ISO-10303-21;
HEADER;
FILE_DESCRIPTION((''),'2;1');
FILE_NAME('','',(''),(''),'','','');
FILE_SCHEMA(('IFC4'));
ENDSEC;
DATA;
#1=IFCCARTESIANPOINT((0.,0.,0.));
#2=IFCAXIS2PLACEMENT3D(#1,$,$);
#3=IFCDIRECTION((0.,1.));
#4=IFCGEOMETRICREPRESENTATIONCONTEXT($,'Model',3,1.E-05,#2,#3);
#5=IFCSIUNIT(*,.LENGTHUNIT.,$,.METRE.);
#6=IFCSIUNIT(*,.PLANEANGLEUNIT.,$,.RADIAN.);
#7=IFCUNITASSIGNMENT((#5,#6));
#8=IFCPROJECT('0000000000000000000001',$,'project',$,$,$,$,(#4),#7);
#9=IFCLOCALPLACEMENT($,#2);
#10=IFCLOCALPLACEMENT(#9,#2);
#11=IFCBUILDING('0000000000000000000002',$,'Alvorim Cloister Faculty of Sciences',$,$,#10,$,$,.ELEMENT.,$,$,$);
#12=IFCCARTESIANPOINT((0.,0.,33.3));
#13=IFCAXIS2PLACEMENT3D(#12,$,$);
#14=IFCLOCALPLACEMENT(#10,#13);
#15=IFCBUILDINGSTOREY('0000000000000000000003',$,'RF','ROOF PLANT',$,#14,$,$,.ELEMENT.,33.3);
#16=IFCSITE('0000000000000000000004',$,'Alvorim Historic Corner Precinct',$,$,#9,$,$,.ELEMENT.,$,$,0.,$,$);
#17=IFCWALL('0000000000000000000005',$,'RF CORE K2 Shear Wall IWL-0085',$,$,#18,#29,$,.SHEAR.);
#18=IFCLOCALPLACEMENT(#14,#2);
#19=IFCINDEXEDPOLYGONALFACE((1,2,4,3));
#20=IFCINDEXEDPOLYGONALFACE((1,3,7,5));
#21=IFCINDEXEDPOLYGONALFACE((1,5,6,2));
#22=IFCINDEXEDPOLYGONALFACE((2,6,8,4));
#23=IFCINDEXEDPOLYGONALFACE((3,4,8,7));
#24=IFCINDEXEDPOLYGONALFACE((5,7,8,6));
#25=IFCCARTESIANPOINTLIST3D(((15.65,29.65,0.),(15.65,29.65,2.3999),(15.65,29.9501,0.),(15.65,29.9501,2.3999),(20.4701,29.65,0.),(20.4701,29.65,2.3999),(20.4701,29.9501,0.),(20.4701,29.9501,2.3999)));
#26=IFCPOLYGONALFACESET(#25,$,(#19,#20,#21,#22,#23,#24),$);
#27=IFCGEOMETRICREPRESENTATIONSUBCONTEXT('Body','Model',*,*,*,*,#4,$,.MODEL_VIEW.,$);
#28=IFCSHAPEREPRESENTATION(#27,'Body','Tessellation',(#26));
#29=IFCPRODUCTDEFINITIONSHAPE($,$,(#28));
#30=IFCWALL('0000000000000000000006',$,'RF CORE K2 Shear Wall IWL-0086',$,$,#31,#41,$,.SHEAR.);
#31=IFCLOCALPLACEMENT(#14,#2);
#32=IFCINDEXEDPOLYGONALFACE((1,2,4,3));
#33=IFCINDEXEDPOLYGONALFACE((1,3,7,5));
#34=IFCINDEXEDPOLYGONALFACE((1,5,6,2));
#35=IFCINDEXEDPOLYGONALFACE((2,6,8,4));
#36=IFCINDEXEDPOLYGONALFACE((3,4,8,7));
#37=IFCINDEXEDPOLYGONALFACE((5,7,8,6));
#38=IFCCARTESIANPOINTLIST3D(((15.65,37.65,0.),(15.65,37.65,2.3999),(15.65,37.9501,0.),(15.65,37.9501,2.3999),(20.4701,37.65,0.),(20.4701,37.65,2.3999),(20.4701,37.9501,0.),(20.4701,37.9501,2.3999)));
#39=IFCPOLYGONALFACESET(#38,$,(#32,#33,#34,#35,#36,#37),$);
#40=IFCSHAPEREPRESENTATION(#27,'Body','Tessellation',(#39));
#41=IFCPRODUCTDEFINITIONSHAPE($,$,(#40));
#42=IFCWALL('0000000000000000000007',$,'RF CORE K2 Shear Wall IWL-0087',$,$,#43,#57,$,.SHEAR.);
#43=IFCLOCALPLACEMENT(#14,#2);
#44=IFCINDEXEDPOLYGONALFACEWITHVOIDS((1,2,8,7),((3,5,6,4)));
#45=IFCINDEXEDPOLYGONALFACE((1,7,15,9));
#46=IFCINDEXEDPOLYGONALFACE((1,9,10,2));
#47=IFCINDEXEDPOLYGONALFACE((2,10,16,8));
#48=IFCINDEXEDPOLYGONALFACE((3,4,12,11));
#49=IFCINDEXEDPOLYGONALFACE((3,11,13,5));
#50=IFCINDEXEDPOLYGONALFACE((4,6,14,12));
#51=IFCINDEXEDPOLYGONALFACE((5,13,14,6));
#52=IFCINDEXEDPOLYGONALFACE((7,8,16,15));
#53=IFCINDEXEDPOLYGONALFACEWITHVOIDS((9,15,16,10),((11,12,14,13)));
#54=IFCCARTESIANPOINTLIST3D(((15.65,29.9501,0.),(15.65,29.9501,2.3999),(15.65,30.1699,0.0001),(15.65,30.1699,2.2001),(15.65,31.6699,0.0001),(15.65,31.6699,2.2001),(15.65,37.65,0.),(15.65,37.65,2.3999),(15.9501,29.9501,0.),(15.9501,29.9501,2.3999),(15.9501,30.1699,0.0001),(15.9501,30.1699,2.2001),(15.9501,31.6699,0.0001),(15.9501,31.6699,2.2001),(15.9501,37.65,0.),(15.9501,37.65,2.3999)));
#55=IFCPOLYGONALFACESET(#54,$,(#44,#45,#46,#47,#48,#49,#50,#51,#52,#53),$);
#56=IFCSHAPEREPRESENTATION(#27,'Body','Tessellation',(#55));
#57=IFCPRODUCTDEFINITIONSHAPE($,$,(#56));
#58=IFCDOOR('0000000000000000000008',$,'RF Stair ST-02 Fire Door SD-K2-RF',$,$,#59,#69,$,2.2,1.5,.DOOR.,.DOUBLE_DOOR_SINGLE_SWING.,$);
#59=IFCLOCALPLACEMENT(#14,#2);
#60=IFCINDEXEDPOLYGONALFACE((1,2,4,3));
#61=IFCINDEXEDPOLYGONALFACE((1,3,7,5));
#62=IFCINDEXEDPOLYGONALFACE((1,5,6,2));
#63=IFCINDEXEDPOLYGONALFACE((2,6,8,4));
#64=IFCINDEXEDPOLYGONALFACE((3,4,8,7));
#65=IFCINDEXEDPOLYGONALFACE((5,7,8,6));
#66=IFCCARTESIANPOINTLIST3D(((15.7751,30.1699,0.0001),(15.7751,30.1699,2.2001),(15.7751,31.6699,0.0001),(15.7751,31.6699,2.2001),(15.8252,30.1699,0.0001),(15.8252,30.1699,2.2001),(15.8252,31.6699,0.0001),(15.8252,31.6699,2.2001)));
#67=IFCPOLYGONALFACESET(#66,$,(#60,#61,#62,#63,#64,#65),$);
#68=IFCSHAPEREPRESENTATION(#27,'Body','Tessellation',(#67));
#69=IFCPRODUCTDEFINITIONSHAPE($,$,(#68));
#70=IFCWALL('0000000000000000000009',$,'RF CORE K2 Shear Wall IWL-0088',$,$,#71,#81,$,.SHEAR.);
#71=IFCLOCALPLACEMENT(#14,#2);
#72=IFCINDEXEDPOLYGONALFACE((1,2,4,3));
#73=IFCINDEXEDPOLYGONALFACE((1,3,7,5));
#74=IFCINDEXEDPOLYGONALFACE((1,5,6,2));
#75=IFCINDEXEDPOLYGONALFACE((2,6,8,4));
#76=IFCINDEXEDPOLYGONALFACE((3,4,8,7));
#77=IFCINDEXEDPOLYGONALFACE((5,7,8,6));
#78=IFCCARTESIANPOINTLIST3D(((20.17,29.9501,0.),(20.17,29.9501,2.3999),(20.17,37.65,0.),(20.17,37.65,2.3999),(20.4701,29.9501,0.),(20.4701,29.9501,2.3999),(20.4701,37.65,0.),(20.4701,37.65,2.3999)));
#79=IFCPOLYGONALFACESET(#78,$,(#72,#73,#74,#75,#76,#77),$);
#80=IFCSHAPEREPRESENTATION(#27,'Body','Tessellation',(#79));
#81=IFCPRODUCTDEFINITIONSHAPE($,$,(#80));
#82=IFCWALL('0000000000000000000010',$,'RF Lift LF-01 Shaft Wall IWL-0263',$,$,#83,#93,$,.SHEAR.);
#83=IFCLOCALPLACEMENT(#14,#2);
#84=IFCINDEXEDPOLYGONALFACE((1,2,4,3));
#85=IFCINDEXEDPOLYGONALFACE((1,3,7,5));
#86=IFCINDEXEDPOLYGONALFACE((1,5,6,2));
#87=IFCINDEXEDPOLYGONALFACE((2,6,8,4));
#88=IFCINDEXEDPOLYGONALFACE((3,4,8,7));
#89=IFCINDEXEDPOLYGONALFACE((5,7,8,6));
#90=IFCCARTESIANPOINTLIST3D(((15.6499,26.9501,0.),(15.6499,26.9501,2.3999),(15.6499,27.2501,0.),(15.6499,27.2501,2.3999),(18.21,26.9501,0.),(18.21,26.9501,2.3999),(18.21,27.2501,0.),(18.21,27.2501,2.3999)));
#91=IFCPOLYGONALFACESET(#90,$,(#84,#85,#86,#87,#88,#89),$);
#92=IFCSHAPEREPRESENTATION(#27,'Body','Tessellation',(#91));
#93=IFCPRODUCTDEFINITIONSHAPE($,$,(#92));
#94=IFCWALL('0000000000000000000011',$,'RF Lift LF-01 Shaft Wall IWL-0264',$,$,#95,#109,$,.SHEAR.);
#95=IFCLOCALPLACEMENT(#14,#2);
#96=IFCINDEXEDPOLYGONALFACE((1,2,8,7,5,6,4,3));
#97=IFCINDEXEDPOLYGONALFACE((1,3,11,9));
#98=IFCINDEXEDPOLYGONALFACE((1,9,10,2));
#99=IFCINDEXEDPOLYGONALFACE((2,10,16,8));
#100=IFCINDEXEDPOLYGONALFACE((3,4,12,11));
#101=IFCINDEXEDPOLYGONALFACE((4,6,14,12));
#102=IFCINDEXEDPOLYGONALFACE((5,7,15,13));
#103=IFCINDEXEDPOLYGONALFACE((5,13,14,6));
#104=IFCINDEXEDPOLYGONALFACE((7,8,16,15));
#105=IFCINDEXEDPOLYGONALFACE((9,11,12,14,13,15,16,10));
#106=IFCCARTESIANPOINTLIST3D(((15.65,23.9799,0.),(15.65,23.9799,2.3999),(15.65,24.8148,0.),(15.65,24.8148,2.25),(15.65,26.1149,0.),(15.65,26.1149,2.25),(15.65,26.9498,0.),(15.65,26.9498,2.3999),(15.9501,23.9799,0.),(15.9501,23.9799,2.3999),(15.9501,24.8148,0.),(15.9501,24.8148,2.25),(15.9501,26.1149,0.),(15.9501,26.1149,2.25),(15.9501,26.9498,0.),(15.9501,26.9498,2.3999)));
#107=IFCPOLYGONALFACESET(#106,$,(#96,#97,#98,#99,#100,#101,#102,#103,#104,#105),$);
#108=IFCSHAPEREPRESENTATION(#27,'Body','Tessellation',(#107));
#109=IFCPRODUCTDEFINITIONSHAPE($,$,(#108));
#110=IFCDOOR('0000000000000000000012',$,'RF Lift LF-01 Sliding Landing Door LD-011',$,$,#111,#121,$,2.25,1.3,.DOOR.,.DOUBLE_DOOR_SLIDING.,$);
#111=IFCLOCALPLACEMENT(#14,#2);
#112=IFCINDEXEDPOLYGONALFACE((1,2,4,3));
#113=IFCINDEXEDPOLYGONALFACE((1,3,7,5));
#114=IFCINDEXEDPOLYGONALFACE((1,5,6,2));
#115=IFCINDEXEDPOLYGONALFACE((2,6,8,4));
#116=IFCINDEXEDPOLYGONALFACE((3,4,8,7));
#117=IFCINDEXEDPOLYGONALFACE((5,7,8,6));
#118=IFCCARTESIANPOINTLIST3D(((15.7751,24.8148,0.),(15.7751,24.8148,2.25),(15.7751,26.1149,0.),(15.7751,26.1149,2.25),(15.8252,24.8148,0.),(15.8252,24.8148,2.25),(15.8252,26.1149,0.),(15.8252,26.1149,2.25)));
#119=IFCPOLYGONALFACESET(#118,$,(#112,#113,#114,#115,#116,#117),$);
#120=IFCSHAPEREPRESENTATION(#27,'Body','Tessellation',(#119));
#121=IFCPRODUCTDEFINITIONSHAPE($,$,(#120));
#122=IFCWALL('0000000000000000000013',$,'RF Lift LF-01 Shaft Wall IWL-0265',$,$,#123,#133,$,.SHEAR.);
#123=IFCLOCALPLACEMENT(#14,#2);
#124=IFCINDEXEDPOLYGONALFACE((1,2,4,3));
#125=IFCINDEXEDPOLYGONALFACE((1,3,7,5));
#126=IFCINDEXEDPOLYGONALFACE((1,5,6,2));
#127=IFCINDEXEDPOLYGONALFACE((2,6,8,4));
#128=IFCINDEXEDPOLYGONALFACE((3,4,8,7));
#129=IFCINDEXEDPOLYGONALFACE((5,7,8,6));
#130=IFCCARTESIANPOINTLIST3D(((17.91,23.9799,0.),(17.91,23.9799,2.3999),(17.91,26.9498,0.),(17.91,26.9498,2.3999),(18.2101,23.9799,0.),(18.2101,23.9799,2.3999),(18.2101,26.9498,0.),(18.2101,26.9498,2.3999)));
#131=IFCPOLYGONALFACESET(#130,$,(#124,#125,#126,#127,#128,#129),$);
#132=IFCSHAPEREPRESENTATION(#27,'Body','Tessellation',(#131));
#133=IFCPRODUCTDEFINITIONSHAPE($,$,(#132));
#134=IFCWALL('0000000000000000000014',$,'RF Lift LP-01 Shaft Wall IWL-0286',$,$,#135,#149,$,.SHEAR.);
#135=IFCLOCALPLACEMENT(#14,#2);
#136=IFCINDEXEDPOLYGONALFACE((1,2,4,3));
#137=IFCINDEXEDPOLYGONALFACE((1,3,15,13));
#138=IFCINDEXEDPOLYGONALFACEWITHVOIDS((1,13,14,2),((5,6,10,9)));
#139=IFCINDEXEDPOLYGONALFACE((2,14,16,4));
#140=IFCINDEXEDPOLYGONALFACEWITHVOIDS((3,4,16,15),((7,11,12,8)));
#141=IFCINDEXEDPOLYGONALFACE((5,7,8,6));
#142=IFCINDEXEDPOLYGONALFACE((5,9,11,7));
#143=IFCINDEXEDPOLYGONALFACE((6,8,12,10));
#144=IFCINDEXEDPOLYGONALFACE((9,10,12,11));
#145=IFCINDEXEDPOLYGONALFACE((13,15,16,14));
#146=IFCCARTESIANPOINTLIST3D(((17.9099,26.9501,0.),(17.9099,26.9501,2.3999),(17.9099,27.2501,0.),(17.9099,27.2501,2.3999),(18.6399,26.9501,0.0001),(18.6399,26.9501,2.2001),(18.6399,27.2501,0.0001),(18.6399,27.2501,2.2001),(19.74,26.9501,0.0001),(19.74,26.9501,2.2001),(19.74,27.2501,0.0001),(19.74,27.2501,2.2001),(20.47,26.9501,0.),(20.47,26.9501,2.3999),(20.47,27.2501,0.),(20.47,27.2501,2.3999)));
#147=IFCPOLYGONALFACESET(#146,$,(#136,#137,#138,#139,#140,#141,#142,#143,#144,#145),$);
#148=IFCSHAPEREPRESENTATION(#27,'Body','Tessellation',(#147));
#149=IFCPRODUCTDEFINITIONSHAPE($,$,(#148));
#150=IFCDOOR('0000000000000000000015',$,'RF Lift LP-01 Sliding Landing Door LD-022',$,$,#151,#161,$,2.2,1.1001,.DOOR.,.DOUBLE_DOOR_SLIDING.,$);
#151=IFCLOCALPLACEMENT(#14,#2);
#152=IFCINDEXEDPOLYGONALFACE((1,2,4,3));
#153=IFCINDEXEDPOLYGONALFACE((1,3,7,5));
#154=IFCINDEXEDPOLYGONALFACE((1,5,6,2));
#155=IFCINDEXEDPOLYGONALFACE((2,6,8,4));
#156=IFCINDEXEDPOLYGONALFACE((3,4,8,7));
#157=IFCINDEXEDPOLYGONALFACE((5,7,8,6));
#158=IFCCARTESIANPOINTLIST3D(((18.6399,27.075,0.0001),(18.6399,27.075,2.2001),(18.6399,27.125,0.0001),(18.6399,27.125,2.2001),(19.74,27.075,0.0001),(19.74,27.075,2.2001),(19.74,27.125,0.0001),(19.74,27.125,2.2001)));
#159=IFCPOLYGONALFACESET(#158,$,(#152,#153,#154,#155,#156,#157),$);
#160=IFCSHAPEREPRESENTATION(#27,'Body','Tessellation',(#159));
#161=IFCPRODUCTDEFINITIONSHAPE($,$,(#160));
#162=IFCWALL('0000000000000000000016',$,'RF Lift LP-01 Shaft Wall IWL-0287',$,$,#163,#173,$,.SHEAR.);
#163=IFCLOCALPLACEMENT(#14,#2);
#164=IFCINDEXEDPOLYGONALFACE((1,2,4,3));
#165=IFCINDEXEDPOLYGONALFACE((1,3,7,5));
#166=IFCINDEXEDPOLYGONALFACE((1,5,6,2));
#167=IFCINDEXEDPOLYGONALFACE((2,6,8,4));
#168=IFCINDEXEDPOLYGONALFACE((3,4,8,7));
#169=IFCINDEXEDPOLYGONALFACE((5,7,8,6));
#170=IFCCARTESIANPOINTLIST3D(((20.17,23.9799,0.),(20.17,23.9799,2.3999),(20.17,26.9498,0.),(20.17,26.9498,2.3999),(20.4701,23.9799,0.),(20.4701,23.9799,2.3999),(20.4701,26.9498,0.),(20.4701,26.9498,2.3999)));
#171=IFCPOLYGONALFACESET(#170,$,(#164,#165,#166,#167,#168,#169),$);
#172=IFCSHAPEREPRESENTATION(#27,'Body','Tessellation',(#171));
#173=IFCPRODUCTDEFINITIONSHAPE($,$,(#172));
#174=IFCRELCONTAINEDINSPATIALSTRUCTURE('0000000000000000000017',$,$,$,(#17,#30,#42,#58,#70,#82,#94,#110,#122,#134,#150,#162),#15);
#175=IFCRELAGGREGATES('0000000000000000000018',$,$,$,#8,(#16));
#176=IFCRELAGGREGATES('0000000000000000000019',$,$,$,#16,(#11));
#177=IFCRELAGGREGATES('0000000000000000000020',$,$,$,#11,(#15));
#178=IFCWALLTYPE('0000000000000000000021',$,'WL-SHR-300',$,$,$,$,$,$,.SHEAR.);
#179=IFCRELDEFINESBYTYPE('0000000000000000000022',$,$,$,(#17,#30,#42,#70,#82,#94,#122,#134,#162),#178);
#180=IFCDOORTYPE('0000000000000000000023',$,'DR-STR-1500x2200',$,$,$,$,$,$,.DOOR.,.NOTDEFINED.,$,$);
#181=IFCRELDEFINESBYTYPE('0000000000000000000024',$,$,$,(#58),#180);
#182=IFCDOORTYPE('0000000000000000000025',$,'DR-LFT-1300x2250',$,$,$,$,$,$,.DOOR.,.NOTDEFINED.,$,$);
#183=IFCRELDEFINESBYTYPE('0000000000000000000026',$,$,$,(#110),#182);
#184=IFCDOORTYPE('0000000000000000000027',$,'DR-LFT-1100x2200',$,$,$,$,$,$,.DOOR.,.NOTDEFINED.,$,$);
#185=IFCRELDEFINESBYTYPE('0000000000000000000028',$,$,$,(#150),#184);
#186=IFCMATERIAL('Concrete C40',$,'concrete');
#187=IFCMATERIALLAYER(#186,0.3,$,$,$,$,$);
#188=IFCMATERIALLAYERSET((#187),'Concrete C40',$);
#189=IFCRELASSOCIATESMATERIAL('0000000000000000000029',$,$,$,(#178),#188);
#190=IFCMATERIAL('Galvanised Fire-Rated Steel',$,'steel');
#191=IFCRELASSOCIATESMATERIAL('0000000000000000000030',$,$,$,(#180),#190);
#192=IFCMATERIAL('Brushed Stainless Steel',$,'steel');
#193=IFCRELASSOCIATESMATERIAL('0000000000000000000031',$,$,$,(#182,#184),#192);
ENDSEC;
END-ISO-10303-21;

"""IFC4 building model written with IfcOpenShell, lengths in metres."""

from ifc_helpers import new_model, si_unit, direction, frame, frame_2d, origin, place, context, subcontext, project, spatial, rectangle, extrude, material, layer, layer_set, type_object, element, fill, save


model = new_model("IFC4")

# Units and contexts
model_context = context("Model", 3, precision=1e-05, world=origin(), true_north=direction((0.0, 1.0)))
body_context = subcontext(model_context, "Body", "Model", "MODEL_VIEW")
ifc_project = project(units=[si_unit("LENGTHUNIT", "METRE"), si_unit("PLANEANGLEUNIT", "RADIAN")], contexts=[model_context])

# Site, building, storey
site_placement = place(None, origin())
site = spatial("IfcSite", under=ifc_project, at=site_placement, Name="Alvorim Historic Corner Precinct", CompositionType="ELEMENT", RefElevation=0.0)
building_placement = place(site_placement, origin())
building = spatial("IfcBuilding", under=site, at=building_placement, Name="Alvorim Cloister Faculty of Sciences", CompositionType="ELEMENT")
storey_placement = place(building_placement, frame((0.0, 0.0, 33.3)))
storey = spatial("IfcBuildingStorey", under=building, at=storey_placement, Name="RF", Description="ROOF PLANT", CompositionType="ELEMENT", Elevation=33.3)

# Walls
ifc_material_1 = material(Name="Concrete C40", Category="concrete")
ifc_layer_1 = layer(ifc_material_1, 0.3)
ifc_layer_set_1 = layer_set([ifc_layer_1], Name="Concrete C40")
wall_type_1 = type_object("IfcWallType", Name="WL-SHR-300", PredefinedType="SHEAR", material=ifc_layer_set_1)
for number, where, z_axis, x_axis, name in (
    (1, (15.6499, 29.8, 0.0), (0.0, 0.0, 1.0), (1.0, 0.0, 0.0), "RF CORE K2 Shear Wall IWL-0085"),
    (2, (15.6499, 37.8, 0.0), (0.0, 0.0, 1.0), (1.0, 0.0, 0.0), "RF CORE K2 Shear Wall IWL-0086"),
):
    element("IfcWall", number, at=place(storey_placement, frame(where, z_axis=z_axis, x_axis=x_axis)), inside=storey, type_object=wall_type_1, Name=name, PredefinedType="SHEAR", context=body_context, shape_type="SweptSolid", body=[
        extrude(rectangle(XDim=4.8201, YDim=0.3, at=frame_2d((2.4102, 0.0))), origin(), (0.0, 0.0, 1.0), 2.3999),
    ])

# Wall, opening, door
wall_1_placement = place(storey_placement, frame((15.8, 29.95, 0.0), z_axis=(0.0, 0.0, 1.0), x_axis=(0.0, 1.0, 0.0)))
wall_1 = element("IfcWall", 3, at=wall_1_placement, inside=storey, type_object=wall_type_1, Name="RF CORE K2 Shear Wall IWL-0087", PredefinedType="SHEAR", context=body_context, shape_type="SweptSolid", body=[
    extrude(rectangle(XDim=7.7, YDim=0.3, at=frame_2d((3.8501, 0.0))), origin(), (0.0, 0.0, 1.0), 2.3999),
])
opening_1_placement = place(wall_1_placement, frame((0.22, 0.0, 0.0)))
opening_1 = element("IfcOpeningElement", 4, at=opening_1_placement, cuts=wall_1, PredefinedType="OPENING", context=body_context, shape_type="SweptSolid", body=[
    extrude(rectangle(XDim=1.5, YDim=2.2, at=frame_2d((0.75, 1.1001))), frame((0.0, 0.1621, 0.0), z_axis=(0.0, -1.0, 0.0), x_axis=(1.0, 0.0, 0.0)), (0.0, 0.0, 1.0), 0.324),
])
ifc_material_2 = material(Name="Galvanised Fire-Rated Steel", Category="steel")
door_type_1 = type_object("IfcDoorType", Name="DR-STR-1500x2200", OperationType="NOTDEFINED", PredefinedType="DOOR", material=ifc_material_2)
door_1_placement = place(opening_1_placement, origin())
door_1 = element("IfcDoor", 5, at=door_1_placement, inside=storey, type_object=door_type_1, Name="RF Stair ST-02 Fire Door SD-K2-RF", OperationType="DOUBLE_DOOR_SINGLE_SWING", OverallHeight=2.2, OverallWidth=1.5, PredefinedType="DOOR", context=body_context, shape_type="SweptSolid", body=[
    extrude(rectangle(XDim=1.5, YDim=2.2, at=frame_2d((0.75, 1.1001))), frame((0.0, 0.0249, 0.0), z_axis=(0.0, -1.0, 0.0), x_axis=(1.0, 0.0, 0.0)), (0.0, 0.0, 1.0), 0.05),
])
fill(opening_1, door_1)

# Walls
wall_2_placement = place(storey_placement, frame((20.3201, 29.95, 0.0), z_axis=(0.0, 0.0, 1.0), x_axis=(0.0, 1.0, 0.0)))
element("IfcWall", 6, at=wall_2_placement, inside=storey, type_object=wall_type_1, Name="RF CORE K2 Shear Wall IWL-0088", PredefinedType="SHEAR", context=body_context, shape_type="SweptSolid", body=[
    extrude(rectangle(XDim=7.7, YDim=0.3, at=frame_2d((3.8501, 0.0))), origin(), (0.0, 0.0, 1.0), 2.3999),
])
wall_3_placement = place(storey_placement, frame((15.6499, 27.1001, 0.0), z_axis=(0.0, 0.0, 1.0), x_axis=(1.0, 0.0, 0.0)))
element("IfcWall", 7, at=wall_3_placement, inside=storey, type_object=wall_type_1, Name="RF Lift LF-01 Shaft Wall IWL-0263", PredefinedType="SHEAR", context=body_context, shape_type="SweptSolid", body=[
    extrude(rectangle(XDim=2.5601, YDim=0.3, at=frame_2d((1.28, 0.0))), origin(), (0.0, 0.0, 1.0), 2.3999),
])

# Wall, opening, door
wall_4_placement = place(storey_placement, frame((15.8, 23.98, 0.0), z_axis=(0.0, 0.0, 1.0), x_axis=(0.0, 1.0, 0.0)))
wall_4 = element("IfcWall", 8, at=wall_4_placement, inside=storey, type_object=wall_type_1, Name="RF Lift LF-01 Shaft Wall IWL-0264", PredefinedType="SHEAR", context=body_context, shape_type="SweptSolid", body=[
    extrude(rectangle(XDim=2.97, YDim=0.3, at=frame_2d((1.4849, 0.0))), origin(), (0.0, 0.0, 1.0), 2.3999),
])
opening_2_placement = place(wall_4_placement, frame((0.835, 0.0, 0.0)))
opening_2 = element("IfcOpeningElement", 9, at=opening_2_placement, cuts=wall_4, PredefinedType="OPENING", context=body_context, shape_type="SweptSolid", body=[
    extrude(rectangle(XDim=1.3, YDim=2.25, at=frame_2d((0.6499, 1.125))), frame((0.0, 0.1621, 0.0), z_axis=(0.0, -1.0, 0.0), x_axis=(1.0, 0.0, 0.0)), (0.0, 0.0, 1.0), 0.324),
])
ifc_material_3 = material(Name="Brushed Stainless Steel", Category="steel")
door_type_2 = type_object("IfcDoorType", Name="DR-LFT-1300x2250", OperationType="NOTDEFINED", PredefinedType="DOOR", material=ifc_material_3)
door_2_placement = place(opening_2_placement, origin())
door_2 = element("IfcDoor", 10, at=door_2_placement, inside=storey, type_object=door_type_2, Name="RF Lift LF-01 Sliding Landing Door LD-011", OperationType="DOUBLE_DOOR_SLIDING", OverallHeight=2.25, OverallWidth=1.3, PredefinedType="DOOR", context=body_context, shape_type="SweptSolid", body=[
    extrude(rectangle(XDim=1.3, YDim=2.25, at=frame_2d((0.6499, 1.125))), frame((0.0, 0.0249, 0.0), z_axis=(0.0, -1.0, 0.0), x_axis=(1.0, 0.0, 0.0)), (0.0, 0.0, 1.0), 0.05),
])
fill(opening_2, door_2)

# Wall
wall_5_placement = place(storey_placement, frame((18.0601, 23.98, 0.0), z_axis=(0.0, 0.0, 1.0), x_axis=(0.0, 1.0, 0.0)))
element("IfcWall", 11, at=wall_5_placement, inside=storey, type_object=wall_type_1, Name="RF Lift LF-01 Shaft Wall IWL-0265", PredefinedType="SHEAR", context=body_context, shape_type="SweptSolid", body=[
    extrude(rectangle(XDim=2.97, YDim=0.3, at=frame_2d((1.4849, 0.0))), origin(), (0.0, 0.0, 1.0), 2.3999),
])

# Wall, opening, door
wall_6_placement = place(storey_placement, frame((17.9099, 27.1001, 0.0), z_axis=(0.0, 0.0, 1.0), x_axis=(1.0, 0.0, 0.0)))
wall_6 = element("IfcWall", 12, at=wall_6_placement, inside=storey, type_object=wall_type_1, Name="RF Lift LP-01 Shaft Wall IWL-0286", PredefinedType="SHEAR", context=body_context, shape_type="SweptSolid", body=[
    extrude(rectangle(XDim=2.5601, YDim=0.3, at=frame_2d((1.28, 0.0))), origin(), (0.0, 0.0, 1.0), 2.3999),
])
opening_3_placement = place(wall_6_placement, frame((0.73, 0.0, 0.0)))
opening_3 = element("IfcOpeningElement", 13, at=opening_3_placement, cuts=wall_6, PredefinedType="OPENING", context=body_context, shape_type="SweptSolid", body=[
    extrude(rectangle(XDim=1.1001, YDim=2.2, at=frame_2d((0.55, 1.1001))), frame((0.0, 0.1621, 0.0), z_axis=(0.0, -1.0, 0.0), x_axis=(1.0, 0.0, 0.0)), (0.0, 0.0, 1.0), 0.324),
])
door_type_3 = type_object("IfcDoorType", Name="DR-LFT-1100x2200", OperationType="NOTDEFINED", PredefinedType="DOOR", material=ifc_material_3)
door_3_placement = place(opening_3_placement, origin())
door_3 = element("IfcDoor", 14, at=door_3_placement, inside=storey, type_object=door_type_3, Name="RF Lift LP-01 Sliding Landing Door LD-022", OperationType="DOUBLE_DOOR_SLIDING", OverallHeight=2.2, OverallWidth=1.1001, PredefinedType="DOOR", context=body_context, shape_type="SweptSolid", body=[
    extrude(rectangle(XDim=1.1001, YDim=2.2, at=frame_2d((0.55, 1.1001))), frame((0.0, 0.0249, 0.0), z_axis=(0.0, -1.0, 0.0), x_axis=(1.0, 0.0, 0.0)), (0.0, 0.0, 1.0), 0.05),
])
fill(opening_3, door_3)

# Wall
wall_7_placement = place(storey_placement, frame((20.3201, 23.98, 0.0), z_axis=(0.0, 0.0, 1.0), x_axis=(0.0, 1.0, 0.0)))
element("IfcWall", 15, at=wall_7_placement, inside=storey, type_object=wall_type_1, Name="RF Lift LP-01 Shaft Wall IWL-0287", PredefinedType="SHEAR", context=body_context, shape_type="SweptSolid", body=[
    extrude(rectangle(XDim=2.97, YDim=0.3, at=frame_2d((1.4849, 0.0))), origin(), (0.0, 0.0, 1.0), 2.3999),
])

save(model, "model.ifc")
